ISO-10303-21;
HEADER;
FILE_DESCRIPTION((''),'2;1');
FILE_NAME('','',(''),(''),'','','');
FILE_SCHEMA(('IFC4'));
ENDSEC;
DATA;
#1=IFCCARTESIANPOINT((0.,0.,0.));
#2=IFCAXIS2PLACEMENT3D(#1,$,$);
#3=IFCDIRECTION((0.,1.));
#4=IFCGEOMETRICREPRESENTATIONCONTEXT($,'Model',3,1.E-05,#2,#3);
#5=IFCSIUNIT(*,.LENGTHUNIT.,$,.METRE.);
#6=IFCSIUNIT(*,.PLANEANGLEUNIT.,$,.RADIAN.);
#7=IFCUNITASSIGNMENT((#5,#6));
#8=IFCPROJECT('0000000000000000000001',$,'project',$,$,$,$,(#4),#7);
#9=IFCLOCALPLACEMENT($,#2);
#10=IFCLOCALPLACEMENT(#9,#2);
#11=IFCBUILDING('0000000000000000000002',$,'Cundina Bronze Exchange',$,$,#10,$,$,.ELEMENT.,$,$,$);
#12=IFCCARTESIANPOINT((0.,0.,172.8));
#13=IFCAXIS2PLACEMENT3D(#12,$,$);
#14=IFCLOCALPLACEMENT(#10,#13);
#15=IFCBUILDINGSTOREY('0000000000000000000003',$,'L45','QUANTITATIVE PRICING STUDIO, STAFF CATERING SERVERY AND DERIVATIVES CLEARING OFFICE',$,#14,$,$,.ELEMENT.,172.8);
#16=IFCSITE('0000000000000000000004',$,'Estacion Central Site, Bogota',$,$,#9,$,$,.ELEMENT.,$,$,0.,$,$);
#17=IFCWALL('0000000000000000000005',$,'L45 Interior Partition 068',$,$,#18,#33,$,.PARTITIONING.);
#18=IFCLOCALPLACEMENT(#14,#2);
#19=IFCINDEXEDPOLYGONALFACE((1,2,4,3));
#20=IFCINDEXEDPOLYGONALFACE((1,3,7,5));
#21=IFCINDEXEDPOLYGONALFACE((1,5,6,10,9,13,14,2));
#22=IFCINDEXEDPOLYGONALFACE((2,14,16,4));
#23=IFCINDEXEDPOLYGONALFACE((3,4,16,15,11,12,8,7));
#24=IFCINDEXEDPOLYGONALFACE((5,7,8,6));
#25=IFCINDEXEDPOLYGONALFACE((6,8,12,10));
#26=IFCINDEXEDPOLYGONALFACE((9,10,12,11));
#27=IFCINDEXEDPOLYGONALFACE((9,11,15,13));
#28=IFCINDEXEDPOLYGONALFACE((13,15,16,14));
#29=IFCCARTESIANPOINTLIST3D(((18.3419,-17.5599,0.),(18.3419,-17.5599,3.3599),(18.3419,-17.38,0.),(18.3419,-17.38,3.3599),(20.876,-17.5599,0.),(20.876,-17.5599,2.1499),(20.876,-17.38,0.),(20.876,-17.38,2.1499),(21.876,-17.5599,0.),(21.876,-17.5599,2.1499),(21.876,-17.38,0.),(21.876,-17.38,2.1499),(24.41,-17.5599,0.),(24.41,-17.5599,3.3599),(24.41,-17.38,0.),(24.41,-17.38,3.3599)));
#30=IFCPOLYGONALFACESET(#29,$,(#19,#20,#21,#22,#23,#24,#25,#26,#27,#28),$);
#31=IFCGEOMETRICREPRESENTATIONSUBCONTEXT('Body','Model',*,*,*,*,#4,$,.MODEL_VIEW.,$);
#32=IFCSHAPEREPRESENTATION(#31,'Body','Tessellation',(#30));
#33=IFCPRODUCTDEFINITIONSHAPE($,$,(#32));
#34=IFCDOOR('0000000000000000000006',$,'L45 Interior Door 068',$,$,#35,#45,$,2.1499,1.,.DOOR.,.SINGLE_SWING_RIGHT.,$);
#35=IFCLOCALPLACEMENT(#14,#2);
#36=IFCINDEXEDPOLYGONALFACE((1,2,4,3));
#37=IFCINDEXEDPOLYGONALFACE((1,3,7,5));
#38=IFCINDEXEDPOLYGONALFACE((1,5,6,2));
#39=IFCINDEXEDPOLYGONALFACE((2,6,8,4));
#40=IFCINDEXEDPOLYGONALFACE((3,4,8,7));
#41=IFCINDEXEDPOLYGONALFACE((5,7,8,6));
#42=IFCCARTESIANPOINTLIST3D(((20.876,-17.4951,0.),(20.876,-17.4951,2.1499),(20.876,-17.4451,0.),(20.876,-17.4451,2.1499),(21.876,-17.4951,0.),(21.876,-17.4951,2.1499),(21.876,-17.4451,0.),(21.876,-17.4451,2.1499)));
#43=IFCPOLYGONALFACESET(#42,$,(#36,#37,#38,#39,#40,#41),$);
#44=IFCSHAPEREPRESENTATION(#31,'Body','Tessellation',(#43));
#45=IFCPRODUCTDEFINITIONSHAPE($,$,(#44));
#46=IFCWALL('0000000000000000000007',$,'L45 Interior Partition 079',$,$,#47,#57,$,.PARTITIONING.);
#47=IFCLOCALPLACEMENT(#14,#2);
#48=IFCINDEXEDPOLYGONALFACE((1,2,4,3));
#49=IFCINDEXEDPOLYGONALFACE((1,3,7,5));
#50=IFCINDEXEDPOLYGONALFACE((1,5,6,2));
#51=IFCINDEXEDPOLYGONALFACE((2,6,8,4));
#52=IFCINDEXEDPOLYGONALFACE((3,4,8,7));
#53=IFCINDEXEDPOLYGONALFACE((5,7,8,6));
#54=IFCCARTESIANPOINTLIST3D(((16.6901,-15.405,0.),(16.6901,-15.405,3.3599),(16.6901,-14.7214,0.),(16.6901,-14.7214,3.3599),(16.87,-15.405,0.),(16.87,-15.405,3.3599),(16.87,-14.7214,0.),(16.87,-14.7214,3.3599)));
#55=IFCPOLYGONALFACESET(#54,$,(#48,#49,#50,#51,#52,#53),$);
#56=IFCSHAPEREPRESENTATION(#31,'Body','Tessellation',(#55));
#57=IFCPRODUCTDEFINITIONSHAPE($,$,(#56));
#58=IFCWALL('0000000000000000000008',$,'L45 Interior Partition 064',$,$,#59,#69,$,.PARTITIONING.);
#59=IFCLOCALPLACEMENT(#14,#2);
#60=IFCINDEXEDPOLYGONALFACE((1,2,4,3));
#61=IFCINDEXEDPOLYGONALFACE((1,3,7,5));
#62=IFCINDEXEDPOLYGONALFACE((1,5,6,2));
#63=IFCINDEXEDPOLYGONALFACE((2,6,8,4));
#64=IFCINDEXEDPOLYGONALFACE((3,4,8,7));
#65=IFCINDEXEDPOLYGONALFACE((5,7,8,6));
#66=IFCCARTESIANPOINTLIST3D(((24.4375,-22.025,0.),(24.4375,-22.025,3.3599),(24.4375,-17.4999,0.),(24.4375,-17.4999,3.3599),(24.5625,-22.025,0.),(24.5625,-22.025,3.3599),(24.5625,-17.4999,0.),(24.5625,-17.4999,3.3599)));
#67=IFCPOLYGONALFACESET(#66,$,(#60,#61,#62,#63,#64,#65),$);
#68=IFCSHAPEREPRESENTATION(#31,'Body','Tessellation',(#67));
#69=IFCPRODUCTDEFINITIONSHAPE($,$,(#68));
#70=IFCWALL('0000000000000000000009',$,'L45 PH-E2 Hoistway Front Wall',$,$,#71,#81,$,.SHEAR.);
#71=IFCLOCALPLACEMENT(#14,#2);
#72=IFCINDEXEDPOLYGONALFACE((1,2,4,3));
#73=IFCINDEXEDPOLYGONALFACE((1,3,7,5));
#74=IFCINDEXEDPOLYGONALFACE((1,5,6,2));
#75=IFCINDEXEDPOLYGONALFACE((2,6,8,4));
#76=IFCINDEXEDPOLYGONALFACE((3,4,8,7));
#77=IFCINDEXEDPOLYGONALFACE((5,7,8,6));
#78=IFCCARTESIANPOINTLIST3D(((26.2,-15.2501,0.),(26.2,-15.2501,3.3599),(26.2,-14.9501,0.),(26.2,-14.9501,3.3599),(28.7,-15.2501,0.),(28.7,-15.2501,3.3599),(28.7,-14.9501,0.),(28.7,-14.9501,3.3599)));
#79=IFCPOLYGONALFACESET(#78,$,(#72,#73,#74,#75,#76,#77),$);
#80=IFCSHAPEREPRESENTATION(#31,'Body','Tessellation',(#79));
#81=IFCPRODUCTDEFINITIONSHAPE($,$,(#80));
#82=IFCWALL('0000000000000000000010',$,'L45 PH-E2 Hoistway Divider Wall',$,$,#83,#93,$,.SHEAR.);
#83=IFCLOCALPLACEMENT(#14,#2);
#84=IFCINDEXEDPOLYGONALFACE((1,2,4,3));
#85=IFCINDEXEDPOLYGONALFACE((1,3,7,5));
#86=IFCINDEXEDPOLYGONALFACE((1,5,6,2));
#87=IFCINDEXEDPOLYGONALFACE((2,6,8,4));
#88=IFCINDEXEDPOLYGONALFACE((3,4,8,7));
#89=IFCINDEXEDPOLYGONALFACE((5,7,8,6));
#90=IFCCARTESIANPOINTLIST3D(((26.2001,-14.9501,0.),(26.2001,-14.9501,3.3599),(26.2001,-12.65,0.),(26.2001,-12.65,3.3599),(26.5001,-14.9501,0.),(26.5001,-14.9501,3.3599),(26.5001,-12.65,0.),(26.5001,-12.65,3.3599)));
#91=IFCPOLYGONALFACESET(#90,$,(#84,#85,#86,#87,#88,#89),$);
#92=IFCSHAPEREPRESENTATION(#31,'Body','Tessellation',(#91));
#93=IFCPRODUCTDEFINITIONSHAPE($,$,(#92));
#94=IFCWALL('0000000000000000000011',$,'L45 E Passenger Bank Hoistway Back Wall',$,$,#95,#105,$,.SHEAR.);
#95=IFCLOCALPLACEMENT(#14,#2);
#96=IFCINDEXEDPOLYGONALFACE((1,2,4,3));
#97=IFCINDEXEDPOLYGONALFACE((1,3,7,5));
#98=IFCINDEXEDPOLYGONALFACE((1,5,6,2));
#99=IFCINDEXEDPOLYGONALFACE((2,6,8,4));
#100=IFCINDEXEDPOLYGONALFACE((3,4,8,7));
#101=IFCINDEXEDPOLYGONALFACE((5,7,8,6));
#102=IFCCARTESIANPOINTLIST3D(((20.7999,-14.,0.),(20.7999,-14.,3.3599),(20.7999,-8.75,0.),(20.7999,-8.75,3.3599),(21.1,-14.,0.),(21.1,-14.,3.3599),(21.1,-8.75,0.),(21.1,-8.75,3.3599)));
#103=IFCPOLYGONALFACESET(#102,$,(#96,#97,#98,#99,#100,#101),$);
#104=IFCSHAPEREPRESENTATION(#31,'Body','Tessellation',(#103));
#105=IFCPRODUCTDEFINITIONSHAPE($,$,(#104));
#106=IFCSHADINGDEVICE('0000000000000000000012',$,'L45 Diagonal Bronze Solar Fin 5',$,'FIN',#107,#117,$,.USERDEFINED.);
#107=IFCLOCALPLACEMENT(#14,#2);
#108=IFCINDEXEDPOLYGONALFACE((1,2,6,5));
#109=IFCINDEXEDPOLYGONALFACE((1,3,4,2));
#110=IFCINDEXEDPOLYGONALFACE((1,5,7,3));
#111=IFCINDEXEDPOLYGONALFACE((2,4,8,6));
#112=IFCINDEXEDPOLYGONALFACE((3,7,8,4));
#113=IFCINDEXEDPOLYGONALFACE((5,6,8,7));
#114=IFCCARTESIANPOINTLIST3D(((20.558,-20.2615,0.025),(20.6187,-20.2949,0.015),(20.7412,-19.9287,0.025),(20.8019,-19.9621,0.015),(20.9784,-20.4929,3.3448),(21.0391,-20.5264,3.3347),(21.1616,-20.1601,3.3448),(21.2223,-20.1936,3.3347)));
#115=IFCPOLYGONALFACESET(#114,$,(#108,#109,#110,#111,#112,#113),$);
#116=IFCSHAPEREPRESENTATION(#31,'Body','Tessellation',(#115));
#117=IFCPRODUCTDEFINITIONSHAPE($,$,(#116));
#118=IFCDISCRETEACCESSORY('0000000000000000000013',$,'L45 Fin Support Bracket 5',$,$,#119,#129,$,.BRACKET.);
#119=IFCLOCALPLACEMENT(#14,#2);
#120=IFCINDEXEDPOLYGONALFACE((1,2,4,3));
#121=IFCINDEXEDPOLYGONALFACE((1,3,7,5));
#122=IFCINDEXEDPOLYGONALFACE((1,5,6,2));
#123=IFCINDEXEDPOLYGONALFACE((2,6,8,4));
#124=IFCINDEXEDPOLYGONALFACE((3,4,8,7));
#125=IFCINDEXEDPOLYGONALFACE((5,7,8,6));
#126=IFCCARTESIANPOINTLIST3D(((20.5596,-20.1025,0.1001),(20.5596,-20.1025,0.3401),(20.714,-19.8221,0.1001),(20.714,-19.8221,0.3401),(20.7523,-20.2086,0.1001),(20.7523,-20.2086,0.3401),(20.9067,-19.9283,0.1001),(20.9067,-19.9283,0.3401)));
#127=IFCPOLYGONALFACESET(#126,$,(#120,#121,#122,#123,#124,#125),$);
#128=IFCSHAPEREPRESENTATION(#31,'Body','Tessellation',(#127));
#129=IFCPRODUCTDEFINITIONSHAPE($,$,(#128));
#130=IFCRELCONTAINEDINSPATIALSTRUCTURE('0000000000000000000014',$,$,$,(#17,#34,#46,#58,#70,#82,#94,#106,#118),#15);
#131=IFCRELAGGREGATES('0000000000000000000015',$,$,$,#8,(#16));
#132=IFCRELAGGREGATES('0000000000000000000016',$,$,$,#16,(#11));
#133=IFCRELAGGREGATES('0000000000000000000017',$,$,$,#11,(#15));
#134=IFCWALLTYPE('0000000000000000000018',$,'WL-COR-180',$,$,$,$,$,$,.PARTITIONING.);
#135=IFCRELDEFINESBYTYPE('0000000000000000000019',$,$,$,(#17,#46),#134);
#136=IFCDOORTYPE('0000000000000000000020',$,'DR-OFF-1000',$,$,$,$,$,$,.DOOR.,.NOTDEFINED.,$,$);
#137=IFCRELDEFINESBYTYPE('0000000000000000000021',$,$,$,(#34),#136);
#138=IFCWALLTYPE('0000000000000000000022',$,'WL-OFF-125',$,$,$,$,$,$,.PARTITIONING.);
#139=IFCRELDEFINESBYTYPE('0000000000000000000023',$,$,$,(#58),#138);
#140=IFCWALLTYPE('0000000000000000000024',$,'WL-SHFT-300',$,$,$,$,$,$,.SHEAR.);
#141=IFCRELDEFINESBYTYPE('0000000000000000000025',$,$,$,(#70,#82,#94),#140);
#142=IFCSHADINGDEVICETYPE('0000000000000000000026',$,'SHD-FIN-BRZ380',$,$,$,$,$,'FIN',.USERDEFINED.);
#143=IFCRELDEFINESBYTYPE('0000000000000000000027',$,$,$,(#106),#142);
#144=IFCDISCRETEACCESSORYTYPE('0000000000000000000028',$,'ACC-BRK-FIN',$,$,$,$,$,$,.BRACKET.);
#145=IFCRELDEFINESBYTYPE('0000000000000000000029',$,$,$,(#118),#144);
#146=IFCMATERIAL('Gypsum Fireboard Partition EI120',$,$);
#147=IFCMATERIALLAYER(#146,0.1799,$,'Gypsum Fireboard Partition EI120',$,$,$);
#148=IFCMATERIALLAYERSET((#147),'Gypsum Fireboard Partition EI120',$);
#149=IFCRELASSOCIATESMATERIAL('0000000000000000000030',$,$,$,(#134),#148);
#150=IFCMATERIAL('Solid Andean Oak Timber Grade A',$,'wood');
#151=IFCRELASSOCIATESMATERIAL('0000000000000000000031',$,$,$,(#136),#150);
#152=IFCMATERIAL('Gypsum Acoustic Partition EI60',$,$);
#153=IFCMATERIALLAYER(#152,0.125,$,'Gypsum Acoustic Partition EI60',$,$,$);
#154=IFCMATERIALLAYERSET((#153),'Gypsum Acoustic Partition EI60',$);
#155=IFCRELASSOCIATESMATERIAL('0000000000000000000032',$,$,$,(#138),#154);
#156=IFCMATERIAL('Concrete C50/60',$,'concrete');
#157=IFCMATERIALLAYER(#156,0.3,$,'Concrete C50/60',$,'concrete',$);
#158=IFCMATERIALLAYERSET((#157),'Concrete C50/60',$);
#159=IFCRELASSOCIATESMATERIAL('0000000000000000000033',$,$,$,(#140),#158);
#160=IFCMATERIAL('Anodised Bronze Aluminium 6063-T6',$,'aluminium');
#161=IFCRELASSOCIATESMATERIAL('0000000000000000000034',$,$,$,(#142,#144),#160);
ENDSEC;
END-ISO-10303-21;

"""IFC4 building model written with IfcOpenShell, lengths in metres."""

from ifc_helpers import new_model, si_unit, direction, frame, frame_2d, origin, origin_2d, place, context, subcontext, project, spatial, rectangle, extrude, material, layer, layer_set, material_profile, profile_set, type_object, element, fill, save


model = new_model("IFC4")

# Units and contexts
model_context = context("Model", 3, precision=1e-05, world=origin(), true_north=direction((0.0, 1.0)))
body_context = subcontext(model_context, "Body", "Model", "MODEL_VIEW")
ifc_project = project(units=[si_unit("LENGTHUNIT", "METRE"), si_unit("PLANEANGLEUNIT", "RADIAN")], contexts=[model_context])

# Site, building, storey
site_placement = place(None, origin())
site = spatial("IfcSite", under=ifc_project, at=site_placement, Name="Estacion Central Site, Bogota", CompositionType="ELEMENT", RefElevation=0.0)
building_placement = place(site_placement, origin())
building = spatial("IfcBuilding", under=site, at=building_placement, Name="Cundina Bronze Exchange", CompositionType="ELEMENT")
storey_placement = place(building_placement, frame((0.0, 0.0, 172.8)))
storey = spatial("IfcBuildingStorey", under=building, at=storey_placement, Name="L45", Description="QUANTITATIVE PRICING STUDIO, STAFF CATERING SERVERY AND DERIVATIVES CLEARING OFFICE", CompositionType="ELEMENT", Elevation=172.8)

# Shared definitions
ifc_material_1 = material(Name="Concrete C50/60", Category="concrete")

# Shared definitions
ifc_material_2 = material(Name="Anodised Bronze Aluminium 6063-T6", Category="aluminium")

# Shared definitions
ifc_material_3 = material(Name="Gypsum Fireboard Partition EI120")
ifc_layer_1 = layer(ifc_material_3, 0.1799, Name="Gypsum Fireboard Partition EI120")
ifc_layer_set_1 = layer_set([ifc_layer_1], Name="Gypsum Fireboard Partition EI120")
wall_type_1 = type_object("IfcWallType", Name="WL-COR-180", PredefinedType="PARTITIONING", material=ifc_layer_set_1)

# Shared definitions
ifc_material_4 = material(Name="Solid Andean Oak Timber Grade A", Category="wood")

# Wall, opening, door
door_type_1 = type_object("IfcDoorType", Name="DR-OFF-1000", OperationType="NOTDEFINED", PredefinedType="DOOR", material=ifc_material_4)
wall_1_placement = place(storey_placement, frame((18.3418, -17.47, 0.0), z_axis=(0.0, 0.0, 1.0), x_axis=(1.0, 0.0, 0.0)))
wall_1 = element("IfcWall", 1, at=wall_1_placement, inside=storey, type_object=wall_type_1, Name="L45 Interior Partition 068", PredefinedType="PARTITIONING", context=body_context, shape_type="SweptSolid", body=[
    extrude(rectangle(XDim=6.0681, YDim=0.1799, at=frame_2d((3.0342, 0.0))), origin(), (0.0, 0.0, 1.0), 3.3599),
])
opening_1_placement = place(wall_1_placement, frame((2.5342, 0.0, 0.0)))
opening_1 = element("IfcOpeningElement", 2, at=opening_1_placement, cuts=wall_1, PredefinedType="OPENING", context=body_context, shape_type="SweptSolid", body=[
    extrude(rectangle(XDim=1.0, YDim=2.1499, at=frame_2d((0.5, 1.075))), frame((0.0, 0.0999, 0.0), z_axis=(0.0, -1.0, 0.0), x_axis=(1.0, 0.0, 0.0)), (0.0, 0.0, 1.0), 0.2),
])
door_1_placement = place(opening_1_placement, origin())
door_1 = element("IfcDoor", 3, at=door_1_placement, inside=storey, type_object=door_type_1, Name="L45 Interior Door 068", OperationType="SINGLE_SWING_RIGHT", OverallHeight=2.1499, OverallWidth=1.0, PredefinedType="DOOR", context=body_context, shape_type="SweptSolid", body=[
    extrude(rectangle(XDim=1.0, YDim=2.1499, at=frame_2d((0.5, 1.075))), frame((0.0, 0.0249, 0.0), z_axis=(0.0, -1.0, 0.0), x_axis=(1.0, 0.0, 0.0)), (0.0, 0.0, 1.0), 0.05),
])
fill(opening_1, door_1)

# Walls
wall_2_placement = place(storey_placement, frame((16.78, -14.7214, 0.0), z_axis=(0.0, 0.0, 1.0), x_axis=(0.0, -1.0, 0.0)))
element("IfcWall", 4, at=wall_2_placement, inside=storey, type_object=wall_type_1, Name="L45 Interior Partition 079", PredefinedType="PARTITIONING", context=body_context, shape_type="SweptSolid", body=[
    extrude(rectangle(XDim=0.6836, YDim=0.1799, at=frame_2d((0.3418, 0.0))), origin(), (0.0, 0.0, 1.0), 3.3599),
])
ifc_material_5 = material(Name="Gypsum Acoustic Partition EI60")
ifc_layer_2 = layer(ifc_material_5, 0.125, Name="Gypsum Acoustic Partition EI60")
ifc_layer_set_2 = layer_set([ifc_layer_2], Name="Gypsum Acoustic Partition EI60")
wall_type_2 = type_object("IfcWallType", Name="WL-OFF-125", PredefinedType="PARTITIONING", material=ifc_layer_set_2)
wall_3_placement = place(storey_placement, frame((24.5, -22.0251, 0.0), z_axis=(0.0, 0.0, 1.0), x_axis=(0.0, 1.0, 0.0)))
element("IfcWall", 5, at=wall_3_placement, inside=storey, type_object=wall_type_2, Name="L45 Interior Partition 064", PredefinedType="PARTITIONING", context=body_context, shape_type="SweptSolid", body=[
    extrude(rectangle(XDim=4.5251, YDim=0.125, at=frame_2d((2.2627, 0.0))), origin(), (0.0, 0.0, 1.0), 3.3599),
])
ifc_layer_3 = layer(ifc_material_1, 0.3, Name="Concrete C50/60", Category="concrete")
ifc_layer_set_3 = layer_set([ifc_layer_3], Name="Concrete C50/60")
wall_type_3 = type_object("IfcWallType", Name="WL-SHFT-300", PredefinedType="SHEAR", material=ifc_layer_set_3)
wall_4_placement = place(storey_placement, frame((26.2, -15.1001, 0.0), z_axis=(0.0, 0.0, 1.0), x_axis=(1.0, 0.0, 0.0)))
element("IfcWall", 6, at=wall_4_placement, inside=storey, type_object=wall_type_3, Name="L45 PH-E2 Hoistway Front Wall", PredefinedType="SHEAR", context=body_context, shape_type="SweptSolid", body=[
    extrude(rectangle(XDim=2.5, YDim=0.3, at=frame_2d((1.25, 0.0))), origin(), (0.0, 0.0, 1.0), 3.3599),
])
wall_5_placement = place(storey_placement, frame((26.3501, -14.95, 0.0), z_axis=(0.0, 0.0, 1.0), x_axis=(0.0, 1.0, 0.0)))
element("IfcWall", 7, at=wall_5_placement, inside=storey, type_object=wall_type_3, Name="L45 PH-E2 Hoistway Divider Wall", PredefinedType="SHEAR", context=body_context, shape_type="SweptSolid", body=[
    extrude(rectangle(XDim=2.3, YDim=0.3, at=frame_2d((1.1499, 0.0))), origin(), (0.0, 0.0, 1.0), 3.3599),
])
wall_6_placement = place(storey_placement, frame((20.95, -14.0, 0.0), z_axis=(0.0, 0.0, 1.0), x_axis=(0.0, 1.0, 0.0)))
element("IfcWall", 8, at=wall_6_placement, inside=storey, type_object=wall_type_3, Name="L45 E Passenger Bank Hoistway Back Wall", PredefinedType="SHEAR", context=body_context, shape_type="SweptSolid", body=[
    extrude(rectangle(XDim=5.25, YDim=0.3, at=frame_2d((2.625, 0.0))), origin(), (0.0, 0.0, 1.0), 3.3599),
])

# Shading device
ifc_material_profile_1 = material_profile(ifc_material_2, rectangle(XDim=0.0701, YDim=0.3799, at=origin_2d()), Name="FIN70X380", Category="aluminium")
ifc_profile_set_1 = profile_set([ifc_material_profile_1], Name="Anodised Bronze Aluminium 6063-T6")
shading_device_type = type_object("IfcShadingDeviceType", Name="SHD-FIN-BRZ380", ElementType="FIN", PredefinedType="USERDEFINED", material=ifc_profile_set_1)
shading_device_placement = place(storey_placement, frame((20.6799, -20.1118, 0.02), z_axis=(0.125333, -0.068999, 0.989712), x_axis=(-0.86701, 0.477309, 0.143071)))
element("IfcShadingDevice", 9, at=shading_device_placement, inside=storey, type_object=shading_device_type, Name="L45 Diagonal Bronze Solar Fin 5", ObjectType="FIN", PredefinedType="USERDEFINED", context=body_context, shape_type="SweptSolid", body=[
    extrude(rectangle(XDim=0.0701, YDim=0.3799, at=origin_2d()), origin(), (0.0, 0.0, 1.0), 3.3542),
])

# Discrete accessory
discrete_accessory_type = type_object("IfcDiscreteAccessoryType", Name="ACC-BRK-FIN", PredefinedType="BRACKET", material=ifc_material_2)
discrete_accessory_placement = place(storey_placement, frame((20.7332, -20.0154, 0.1001), z_axis=(0.0, 0.0, 1.0), x_axis=(0.875869, -0.482549, 0.0)))
element("IfcDiscreteAccessory", 10, at=discrete_accessory_placement, inside=storey, type_object=discrete_accessory_type, Name="L45 Fin Support Bracket 5", PredefinedType="BRACKET", context=body_context, shape_type="SweptSolid", body=[
    extrude(rectangle(XDim=0.22, YDim=0.3201, at=origin_2d()), origin(), (0.0, 0.0, 1.0), 0.24),
])

save(model, "model.ifc")
